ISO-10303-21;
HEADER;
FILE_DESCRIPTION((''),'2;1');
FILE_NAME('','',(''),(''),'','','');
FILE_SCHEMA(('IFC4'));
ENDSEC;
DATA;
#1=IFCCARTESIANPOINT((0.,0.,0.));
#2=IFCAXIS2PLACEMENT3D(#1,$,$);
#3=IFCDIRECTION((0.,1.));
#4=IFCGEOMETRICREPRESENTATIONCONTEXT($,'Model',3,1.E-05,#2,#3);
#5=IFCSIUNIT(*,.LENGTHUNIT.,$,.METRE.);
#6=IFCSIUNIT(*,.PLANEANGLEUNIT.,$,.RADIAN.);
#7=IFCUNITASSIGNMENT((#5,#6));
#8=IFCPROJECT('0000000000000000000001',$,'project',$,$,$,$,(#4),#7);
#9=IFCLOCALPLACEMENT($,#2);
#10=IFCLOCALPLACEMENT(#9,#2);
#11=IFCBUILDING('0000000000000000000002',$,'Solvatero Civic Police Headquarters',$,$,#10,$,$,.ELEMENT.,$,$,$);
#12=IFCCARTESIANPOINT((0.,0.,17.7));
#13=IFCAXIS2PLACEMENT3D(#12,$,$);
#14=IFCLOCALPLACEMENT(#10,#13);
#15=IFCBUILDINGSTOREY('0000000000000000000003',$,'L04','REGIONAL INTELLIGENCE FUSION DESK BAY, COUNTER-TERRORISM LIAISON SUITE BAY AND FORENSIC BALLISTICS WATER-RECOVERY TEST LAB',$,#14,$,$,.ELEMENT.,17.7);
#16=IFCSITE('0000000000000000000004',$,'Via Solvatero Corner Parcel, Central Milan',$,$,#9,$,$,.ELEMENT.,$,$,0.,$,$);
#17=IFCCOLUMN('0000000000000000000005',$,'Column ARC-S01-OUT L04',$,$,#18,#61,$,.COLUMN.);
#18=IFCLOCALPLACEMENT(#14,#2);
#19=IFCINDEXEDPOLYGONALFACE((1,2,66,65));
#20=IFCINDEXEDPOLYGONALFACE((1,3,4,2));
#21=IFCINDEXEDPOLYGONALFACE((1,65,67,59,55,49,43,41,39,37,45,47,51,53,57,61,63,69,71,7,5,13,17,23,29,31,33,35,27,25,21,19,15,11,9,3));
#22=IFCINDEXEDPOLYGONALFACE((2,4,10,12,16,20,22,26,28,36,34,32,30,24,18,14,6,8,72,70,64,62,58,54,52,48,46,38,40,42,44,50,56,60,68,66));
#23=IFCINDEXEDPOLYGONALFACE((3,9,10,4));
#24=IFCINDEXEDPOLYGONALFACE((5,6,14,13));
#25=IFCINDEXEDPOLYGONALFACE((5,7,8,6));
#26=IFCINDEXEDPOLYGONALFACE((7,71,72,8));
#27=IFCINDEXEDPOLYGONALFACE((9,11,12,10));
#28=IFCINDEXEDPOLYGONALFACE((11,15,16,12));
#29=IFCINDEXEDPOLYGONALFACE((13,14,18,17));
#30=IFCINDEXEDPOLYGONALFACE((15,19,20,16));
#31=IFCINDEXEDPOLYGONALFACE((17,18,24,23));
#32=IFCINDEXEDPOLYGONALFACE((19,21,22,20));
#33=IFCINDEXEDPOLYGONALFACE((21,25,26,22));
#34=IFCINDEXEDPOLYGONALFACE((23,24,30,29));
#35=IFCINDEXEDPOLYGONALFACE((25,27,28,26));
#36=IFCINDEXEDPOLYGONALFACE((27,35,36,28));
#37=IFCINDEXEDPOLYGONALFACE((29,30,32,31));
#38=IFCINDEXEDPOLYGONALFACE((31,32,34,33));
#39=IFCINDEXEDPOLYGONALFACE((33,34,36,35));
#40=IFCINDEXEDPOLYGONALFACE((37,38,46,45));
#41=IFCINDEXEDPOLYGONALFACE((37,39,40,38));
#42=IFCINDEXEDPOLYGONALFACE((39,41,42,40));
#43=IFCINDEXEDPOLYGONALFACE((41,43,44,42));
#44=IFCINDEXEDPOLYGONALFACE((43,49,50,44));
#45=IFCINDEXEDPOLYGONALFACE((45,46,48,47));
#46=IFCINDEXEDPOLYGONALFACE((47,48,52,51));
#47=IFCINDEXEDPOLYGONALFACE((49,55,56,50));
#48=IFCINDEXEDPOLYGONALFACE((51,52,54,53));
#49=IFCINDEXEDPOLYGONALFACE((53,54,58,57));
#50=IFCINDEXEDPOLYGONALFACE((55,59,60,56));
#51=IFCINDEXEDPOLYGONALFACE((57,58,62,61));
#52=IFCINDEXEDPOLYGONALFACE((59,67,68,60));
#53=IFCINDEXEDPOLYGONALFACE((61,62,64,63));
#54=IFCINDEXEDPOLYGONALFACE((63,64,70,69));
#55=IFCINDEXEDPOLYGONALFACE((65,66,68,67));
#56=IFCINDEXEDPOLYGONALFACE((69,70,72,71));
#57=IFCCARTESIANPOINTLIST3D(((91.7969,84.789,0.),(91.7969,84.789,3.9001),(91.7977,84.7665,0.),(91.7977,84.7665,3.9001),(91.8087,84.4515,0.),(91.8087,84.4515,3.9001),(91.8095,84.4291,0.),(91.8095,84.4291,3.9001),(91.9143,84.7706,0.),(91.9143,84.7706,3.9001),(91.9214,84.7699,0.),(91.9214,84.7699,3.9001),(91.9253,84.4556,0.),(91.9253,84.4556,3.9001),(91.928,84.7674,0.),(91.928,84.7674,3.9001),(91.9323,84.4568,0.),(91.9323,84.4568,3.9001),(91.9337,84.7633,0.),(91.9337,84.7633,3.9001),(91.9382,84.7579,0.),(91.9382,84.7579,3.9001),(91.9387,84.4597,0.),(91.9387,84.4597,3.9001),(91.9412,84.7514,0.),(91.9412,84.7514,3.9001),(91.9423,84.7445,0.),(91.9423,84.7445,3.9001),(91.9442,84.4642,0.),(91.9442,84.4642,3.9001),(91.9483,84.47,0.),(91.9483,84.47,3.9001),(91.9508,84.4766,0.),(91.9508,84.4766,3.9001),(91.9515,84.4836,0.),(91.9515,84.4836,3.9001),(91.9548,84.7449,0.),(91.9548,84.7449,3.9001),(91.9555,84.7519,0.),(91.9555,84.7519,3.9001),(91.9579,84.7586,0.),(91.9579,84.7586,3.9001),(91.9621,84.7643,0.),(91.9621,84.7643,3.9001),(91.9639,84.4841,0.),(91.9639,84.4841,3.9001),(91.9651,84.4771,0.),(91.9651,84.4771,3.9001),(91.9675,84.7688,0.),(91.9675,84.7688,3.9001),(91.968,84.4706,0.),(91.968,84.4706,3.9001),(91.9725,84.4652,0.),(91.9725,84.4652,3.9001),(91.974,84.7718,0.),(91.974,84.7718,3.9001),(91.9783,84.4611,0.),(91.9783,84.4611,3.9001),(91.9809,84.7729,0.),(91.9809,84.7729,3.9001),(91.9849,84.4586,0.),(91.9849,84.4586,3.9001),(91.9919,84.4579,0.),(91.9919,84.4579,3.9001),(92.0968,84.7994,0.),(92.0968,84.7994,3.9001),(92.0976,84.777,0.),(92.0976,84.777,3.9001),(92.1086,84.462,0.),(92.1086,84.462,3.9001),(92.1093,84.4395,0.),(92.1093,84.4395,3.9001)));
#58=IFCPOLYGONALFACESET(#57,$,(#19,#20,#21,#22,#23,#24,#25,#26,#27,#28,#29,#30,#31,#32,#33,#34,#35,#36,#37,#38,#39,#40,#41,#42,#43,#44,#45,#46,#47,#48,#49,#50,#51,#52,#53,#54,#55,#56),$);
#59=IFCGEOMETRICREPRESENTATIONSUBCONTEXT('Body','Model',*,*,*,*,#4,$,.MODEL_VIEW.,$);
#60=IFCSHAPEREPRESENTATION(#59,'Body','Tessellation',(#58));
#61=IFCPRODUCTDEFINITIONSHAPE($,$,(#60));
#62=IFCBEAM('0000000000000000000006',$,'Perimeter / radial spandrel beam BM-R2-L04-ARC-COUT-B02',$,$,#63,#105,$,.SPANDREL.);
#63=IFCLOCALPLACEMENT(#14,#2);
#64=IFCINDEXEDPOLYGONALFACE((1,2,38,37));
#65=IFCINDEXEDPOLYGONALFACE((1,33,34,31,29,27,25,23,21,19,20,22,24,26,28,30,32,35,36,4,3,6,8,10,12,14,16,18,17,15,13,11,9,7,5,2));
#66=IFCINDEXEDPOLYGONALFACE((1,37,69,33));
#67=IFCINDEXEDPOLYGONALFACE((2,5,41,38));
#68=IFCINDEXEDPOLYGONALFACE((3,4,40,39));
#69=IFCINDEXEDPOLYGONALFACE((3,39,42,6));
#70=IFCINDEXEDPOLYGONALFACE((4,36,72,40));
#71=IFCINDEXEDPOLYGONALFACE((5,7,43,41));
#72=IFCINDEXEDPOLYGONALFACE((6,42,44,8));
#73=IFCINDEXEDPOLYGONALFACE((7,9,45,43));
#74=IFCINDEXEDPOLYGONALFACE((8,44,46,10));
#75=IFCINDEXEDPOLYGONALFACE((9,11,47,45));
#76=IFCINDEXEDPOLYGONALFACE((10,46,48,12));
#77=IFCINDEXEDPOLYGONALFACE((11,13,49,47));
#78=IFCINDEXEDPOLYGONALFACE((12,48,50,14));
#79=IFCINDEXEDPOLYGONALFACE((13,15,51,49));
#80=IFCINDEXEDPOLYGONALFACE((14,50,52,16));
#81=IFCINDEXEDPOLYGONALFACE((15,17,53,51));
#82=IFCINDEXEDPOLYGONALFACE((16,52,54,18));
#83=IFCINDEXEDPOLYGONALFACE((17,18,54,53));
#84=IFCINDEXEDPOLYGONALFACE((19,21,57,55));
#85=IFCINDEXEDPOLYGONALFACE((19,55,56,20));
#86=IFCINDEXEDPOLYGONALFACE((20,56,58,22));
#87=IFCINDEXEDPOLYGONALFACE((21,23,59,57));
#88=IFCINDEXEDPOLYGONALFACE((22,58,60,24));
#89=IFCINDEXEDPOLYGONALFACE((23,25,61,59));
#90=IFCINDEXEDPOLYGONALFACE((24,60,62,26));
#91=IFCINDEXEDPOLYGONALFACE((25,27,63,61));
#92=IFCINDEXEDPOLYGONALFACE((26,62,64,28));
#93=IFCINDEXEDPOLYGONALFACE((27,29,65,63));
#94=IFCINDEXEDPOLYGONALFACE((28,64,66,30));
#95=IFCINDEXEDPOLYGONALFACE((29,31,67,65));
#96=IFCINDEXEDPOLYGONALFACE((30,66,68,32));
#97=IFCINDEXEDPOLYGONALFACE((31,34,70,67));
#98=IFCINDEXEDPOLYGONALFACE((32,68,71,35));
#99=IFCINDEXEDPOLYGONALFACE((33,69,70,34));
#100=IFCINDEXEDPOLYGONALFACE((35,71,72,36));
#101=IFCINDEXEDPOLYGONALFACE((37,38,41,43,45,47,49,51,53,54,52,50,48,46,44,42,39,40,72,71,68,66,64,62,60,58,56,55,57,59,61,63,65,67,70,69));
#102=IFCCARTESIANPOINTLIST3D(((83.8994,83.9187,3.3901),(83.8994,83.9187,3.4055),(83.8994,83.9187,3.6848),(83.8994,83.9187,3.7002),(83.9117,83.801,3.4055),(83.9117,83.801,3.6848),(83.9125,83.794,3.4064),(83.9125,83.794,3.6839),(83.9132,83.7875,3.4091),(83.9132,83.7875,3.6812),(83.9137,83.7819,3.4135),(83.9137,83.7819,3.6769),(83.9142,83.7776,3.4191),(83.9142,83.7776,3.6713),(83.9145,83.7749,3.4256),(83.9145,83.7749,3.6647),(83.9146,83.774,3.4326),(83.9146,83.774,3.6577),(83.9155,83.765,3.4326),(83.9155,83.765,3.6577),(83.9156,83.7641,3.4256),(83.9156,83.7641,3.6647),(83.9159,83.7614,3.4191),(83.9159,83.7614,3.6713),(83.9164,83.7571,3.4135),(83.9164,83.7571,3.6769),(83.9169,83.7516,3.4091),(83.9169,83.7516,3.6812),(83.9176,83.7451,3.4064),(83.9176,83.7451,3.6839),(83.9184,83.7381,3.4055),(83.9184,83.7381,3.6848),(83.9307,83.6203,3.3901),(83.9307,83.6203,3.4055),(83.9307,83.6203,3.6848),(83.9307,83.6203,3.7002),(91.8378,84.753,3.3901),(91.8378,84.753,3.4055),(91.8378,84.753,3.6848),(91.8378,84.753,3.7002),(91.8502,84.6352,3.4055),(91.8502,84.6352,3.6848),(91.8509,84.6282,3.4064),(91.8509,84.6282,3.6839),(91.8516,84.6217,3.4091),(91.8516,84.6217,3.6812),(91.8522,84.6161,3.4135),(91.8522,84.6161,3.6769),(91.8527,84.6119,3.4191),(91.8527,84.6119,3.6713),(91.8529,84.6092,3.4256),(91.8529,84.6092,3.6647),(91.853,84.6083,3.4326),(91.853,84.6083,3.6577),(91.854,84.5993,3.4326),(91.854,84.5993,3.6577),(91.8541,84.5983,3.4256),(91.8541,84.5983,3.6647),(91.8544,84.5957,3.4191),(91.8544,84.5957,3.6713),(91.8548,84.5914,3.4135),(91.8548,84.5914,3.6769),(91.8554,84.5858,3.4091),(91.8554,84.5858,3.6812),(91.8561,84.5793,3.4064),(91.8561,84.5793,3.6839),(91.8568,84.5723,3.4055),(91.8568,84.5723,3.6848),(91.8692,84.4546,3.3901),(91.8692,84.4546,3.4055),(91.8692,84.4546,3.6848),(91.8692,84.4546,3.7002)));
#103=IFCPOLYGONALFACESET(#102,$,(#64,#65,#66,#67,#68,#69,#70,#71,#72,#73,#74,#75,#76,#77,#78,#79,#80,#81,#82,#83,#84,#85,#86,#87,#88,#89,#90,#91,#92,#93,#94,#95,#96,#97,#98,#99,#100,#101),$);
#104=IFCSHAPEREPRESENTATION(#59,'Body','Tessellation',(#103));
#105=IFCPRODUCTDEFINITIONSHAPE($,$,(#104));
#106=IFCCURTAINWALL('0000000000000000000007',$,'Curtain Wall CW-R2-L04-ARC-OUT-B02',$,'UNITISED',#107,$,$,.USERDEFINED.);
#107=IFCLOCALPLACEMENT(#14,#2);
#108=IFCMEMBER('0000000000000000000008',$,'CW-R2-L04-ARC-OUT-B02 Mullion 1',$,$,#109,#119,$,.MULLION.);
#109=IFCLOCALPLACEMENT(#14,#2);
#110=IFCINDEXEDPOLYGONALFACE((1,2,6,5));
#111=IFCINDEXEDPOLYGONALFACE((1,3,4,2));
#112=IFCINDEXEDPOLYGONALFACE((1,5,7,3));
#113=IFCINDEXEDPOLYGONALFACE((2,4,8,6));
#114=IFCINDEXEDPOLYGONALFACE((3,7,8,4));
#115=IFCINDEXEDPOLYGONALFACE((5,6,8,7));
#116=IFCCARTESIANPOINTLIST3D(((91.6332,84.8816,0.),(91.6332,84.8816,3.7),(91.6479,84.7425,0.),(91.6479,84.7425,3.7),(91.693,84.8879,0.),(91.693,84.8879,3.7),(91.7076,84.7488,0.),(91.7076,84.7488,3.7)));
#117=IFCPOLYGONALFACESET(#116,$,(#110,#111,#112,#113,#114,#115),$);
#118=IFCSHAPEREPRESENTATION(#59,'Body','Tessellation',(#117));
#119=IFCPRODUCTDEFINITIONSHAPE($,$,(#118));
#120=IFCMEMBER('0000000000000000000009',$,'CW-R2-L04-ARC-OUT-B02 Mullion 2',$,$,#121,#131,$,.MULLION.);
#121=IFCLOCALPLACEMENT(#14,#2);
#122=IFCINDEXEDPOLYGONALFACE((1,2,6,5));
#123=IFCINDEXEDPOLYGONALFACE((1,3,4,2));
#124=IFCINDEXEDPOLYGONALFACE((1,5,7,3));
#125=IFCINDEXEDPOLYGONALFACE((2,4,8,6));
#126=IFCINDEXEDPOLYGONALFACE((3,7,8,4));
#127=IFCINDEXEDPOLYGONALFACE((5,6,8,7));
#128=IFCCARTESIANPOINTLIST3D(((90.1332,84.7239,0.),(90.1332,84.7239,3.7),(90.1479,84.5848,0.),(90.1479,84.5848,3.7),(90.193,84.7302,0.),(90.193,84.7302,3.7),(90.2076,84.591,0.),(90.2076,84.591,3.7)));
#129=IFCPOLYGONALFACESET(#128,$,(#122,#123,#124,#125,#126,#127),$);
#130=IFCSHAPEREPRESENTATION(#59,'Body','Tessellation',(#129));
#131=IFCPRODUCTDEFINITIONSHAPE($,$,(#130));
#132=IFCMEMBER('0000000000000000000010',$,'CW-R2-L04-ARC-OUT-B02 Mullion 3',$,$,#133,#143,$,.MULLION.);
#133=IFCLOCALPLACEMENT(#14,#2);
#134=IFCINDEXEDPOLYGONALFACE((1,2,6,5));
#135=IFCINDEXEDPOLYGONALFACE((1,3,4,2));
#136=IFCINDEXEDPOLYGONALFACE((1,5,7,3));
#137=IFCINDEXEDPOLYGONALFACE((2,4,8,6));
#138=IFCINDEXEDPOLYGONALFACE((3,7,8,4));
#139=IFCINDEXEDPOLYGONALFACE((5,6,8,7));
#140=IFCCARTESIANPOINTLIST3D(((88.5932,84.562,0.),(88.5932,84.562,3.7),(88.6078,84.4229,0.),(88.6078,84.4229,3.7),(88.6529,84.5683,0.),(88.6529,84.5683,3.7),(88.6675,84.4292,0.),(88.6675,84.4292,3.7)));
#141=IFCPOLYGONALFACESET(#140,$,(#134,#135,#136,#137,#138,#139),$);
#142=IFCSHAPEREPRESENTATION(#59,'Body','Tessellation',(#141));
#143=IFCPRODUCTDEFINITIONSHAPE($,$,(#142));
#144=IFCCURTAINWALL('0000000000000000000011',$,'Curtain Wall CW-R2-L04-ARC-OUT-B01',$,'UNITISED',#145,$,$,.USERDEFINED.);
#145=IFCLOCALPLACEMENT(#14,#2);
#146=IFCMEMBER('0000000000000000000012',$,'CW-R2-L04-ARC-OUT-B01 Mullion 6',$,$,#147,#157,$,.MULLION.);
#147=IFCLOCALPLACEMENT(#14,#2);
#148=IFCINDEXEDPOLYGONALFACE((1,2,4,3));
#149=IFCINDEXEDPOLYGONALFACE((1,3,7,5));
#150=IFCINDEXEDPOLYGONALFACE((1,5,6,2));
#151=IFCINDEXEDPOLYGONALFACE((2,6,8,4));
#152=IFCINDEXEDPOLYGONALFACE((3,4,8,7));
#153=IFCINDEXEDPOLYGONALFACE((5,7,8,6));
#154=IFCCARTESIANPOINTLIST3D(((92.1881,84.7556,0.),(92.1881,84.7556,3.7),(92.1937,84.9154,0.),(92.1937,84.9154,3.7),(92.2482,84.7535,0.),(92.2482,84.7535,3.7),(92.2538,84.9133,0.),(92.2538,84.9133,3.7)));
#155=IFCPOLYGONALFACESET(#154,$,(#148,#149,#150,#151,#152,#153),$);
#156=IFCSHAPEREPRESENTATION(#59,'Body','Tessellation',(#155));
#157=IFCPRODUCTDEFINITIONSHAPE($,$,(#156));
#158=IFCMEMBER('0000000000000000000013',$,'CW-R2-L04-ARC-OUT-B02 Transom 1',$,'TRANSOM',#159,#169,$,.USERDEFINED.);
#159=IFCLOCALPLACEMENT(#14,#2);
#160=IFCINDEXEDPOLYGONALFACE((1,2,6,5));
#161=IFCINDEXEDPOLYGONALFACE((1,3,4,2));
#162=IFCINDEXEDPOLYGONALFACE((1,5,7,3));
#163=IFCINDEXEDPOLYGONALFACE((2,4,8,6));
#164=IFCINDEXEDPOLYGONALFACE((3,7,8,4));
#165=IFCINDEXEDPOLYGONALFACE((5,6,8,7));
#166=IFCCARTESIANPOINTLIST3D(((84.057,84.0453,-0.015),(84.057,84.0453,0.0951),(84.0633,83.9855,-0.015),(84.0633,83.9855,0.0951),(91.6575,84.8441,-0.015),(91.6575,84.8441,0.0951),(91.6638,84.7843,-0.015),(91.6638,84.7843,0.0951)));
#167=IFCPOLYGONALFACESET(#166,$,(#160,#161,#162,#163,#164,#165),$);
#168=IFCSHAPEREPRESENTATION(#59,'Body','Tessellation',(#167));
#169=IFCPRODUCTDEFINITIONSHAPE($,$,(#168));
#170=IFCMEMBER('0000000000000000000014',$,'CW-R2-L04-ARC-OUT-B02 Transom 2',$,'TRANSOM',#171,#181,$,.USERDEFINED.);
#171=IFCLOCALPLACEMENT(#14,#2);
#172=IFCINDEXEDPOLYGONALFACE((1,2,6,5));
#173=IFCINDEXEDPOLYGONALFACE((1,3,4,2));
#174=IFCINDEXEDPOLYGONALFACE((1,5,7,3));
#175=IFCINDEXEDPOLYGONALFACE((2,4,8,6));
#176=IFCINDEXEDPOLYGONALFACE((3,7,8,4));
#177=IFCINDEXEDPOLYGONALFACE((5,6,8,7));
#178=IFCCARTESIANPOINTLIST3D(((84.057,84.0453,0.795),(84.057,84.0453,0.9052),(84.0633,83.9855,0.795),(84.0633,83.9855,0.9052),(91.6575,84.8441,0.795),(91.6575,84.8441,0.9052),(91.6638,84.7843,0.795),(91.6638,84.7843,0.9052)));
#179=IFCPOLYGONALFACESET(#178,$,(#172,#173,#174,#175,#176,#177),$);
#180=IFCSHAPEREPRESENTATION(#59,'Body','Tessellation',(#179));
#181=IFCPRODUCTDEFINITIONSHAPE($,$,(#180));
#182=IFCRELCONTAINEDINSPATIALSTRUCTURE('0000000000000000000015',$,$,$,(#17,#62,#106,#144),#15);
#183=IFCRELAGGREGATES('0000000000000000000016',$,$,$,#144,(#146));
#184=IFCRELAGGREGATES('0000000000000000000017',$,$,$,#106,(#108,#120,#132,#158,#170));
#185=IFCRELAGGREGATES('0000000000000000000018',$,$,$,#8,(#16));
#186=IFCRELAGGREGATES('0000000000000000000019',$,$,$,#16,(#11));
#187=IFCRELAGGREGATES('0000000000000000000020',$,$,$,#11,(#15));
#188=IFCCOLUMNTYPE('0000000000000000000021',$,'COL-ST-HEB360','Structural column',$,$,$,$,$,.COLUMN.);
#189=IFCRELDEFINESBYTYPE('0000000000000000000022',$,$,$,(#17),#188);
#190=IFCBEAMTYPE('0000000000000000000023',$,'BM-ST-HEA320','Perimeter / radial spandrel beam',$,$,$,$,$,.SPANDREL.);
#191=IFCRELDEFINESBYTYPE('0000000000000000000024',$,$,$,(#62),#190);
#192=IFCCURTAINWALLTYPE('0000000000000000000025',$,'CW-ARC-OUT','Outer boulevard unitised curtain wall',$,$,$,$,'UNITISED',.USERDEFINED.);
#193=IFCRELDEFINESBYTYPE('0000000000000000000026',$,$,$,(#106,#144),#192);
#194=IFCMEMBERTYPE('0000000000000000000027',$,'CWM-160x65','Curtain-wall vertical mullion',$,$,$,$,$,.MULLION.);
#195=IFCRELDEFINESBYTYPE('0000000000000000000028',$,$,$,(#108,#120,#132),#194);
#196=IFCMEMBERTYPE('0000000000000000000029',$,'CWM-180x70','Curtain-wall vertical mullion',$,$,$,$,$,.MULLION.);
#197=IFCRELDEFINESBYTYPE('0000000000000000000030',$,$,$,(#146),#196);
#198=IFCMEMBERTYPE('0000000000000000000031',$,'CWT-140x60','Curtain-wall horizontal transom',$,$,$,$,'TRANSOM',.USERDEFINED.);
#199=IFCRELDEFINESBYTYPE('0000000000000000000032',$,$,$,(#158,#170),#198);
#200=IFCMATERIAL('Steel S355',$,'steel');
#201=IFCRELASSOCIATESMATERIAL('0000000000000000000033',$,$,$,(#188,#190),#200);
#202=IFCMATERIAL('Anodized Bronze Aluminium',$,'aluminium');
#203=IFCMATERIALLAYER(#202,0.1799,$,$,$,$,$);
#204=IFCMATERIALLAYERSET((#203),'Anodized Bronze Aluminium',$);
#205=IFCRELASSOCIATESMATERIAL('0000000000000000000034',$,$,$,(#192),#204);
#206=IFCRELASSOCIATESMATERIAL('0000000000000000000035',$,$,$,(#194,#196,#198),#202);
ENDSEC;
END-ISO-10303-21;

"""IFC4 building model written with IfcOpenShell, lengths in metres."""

from ifc_helpers import new_model, si_unit, direction, frame, origin, origin_2d, place, context, subcontext, project, spatial, rectangle, i_section, extrude, material, layer, layer_set, material_profile, profile_set, type_object, element, aggregate, save


model = new_model("IFC4")

# Units and contexts
model_context = context("Model", 3, precision=1e-05, world=origin(), true_north=direction((0.0, 1.0)))
body_context = subcontext(model_context, "Body", "Model", "MODEL_VIEW")
ifc_project = project(units=[si_unit("LENGTHUNIT", "METRE"), si_unit("PLANEANGLEUNIT", "RADIAN")], contexts=[model_context])

# Site, building, storey
site_placement = place(None, origin())
site = spatial("IfcSite", under=ifc_project, at=site_placement, Name="Via Solvatero Corner Parcel, Central Milan", CompositionType="ELEMENT", RefElevation=0.0)
building_placement = place(site_placement, origin())
building = spatial("IfcBuilding", under=site, at=building_placement, Name="Solvatero Civic Police Headquarters", CompositionType="ELEMENT")
storey_placement = place(building_placement, frame((0.0, 0.0, 17.7)))
storey = spatial("IfcBuildingStorey", under=building, at=storey_placement, Name="L04", Description="REGIONAL INTELLIGENCE FUSION DESK BAY, COUNTER-TERRORISM LIAISON SUITE BAY AND FORENSIC BALLISTICS WATER-RECOVERY TEST LAB", CompositionType="ELEMENT", Elevation=17.7)

# Column
ifc_material_1 = material(Name="Steel S355", Category="steel")
ifc_material_profile_1 = material_profile(ifc_material_1, i_section(OverallWidth=0.3, OverallDepth=0.3601, WebThickness=0.0125, FlangeThickness=0.0225, FilletRadius=0.0271, at=origin_2d()), Name="HEB 360")
ifc_profile_set_1 = profile_set([ifc_material_profile_1], Name="Steel S355")
column_type = type_object("IfcColumnType", Name="COL-ST-HEB360", Description="Structural column", PredefinedType="COLUMN", material=ifc_profile_set_1)
column_placement = place(storey_placement, frame((91.9531, 84.6143, 0.0), z_axis=(0.0, 0.0, 1.0), x_axis=(0.999391, 0.034899, 0.0)))
element("IfcColumn", 1, at=column_placement, inside=storey, type_object=column_type, Name="Column ARC-S01-OUT L04", PredefinedType="COLUMN", context=body_context, shape_type="SweptSolid", body=[
    extrude(i_section(OverallWidth=0.3, OverallDepth=0.3601, WebThickness=0.0125, FlangeThickness=0.0225, FilletRadius=0.0271, at=origin_2d()), origin(), (0.0, 0.0, 1.0), 3.9001),
])

# Beam
ifc_material_profile_2 = material_profile(ifc_material_1, i_section(OverallWidth=0.3, OverallDepth=0.3101, WebThickness=0.009, FlangeThickness=0.0154, FilletRadius=0.0271, at=origin_2d()), Name="HEA 320")
ifc_profile_set_2 = profile_set([ifc_material_profile_2], Name="Steel S355")
beam_type = type_object("IfcBeamType", Name="BM-ST-HEA320", Description="Perimeter / radial spandrel beam", PredefinedType="SPANDREL", material=ifc_profile_set_2)
beam_placement = place(storey_placement, frame((91.8535, 84.6038, 3.5452), z_axis=(-0.994524, -0.104511, 0.0), x_axis=(0.104511, -0.994524, 0.0)))
element("IfcBeam", 2, at=beam_placement, inside=storey, type_object=beam_type, Name="Perimeter / radial spandrel beam BM-R2-L04-ARC-COUT-B02", PredefinedType="SPANDREL", context=body_context, shape_type="SweptSolid", body=[
    extrude(i_section(OverallWidth=0.3, OverallDepth=0.3101, WebThickness=0.009, FlangeThickness=0.0154, FilletRadius=0.0271, at=origin_2d()), origin(), (0.0, 0.0, 1.0), 7.9822),
])

# Curtain wall, members
ifc_material_2 = material(Name="Anodized Bronze Aluminium", Category="aluminium")
ifc_layer_1 = layer(ifc_material_2, 0.1799)
ifc_layer_set_1 = layer_set([ifc_layer_1], Name="Anodized Bronze Aluminium")
curtain_wall_type = type_object("IfcCurtainWallType", Name="CW-ARC-OUT", Description="Outer boulevard unitised curtain wall", ElementType="UNITISED", PredefinedType="USERDEFINED", material=ifc_layer_set_1)
curtain_wall_1_placement = place(storey_placement, origin())
curtain_wall_1 = element("IfcCurtainWall", 3, at=curtain_wall_1_placement, inside=storey, type_object=curtain_wall_type, Name="Curtain Wall CW-R2-L04-ARC-OUT-B02", ObjectType="UNITISED", PredefinedType="USERDEFINED")
ifc_material_profile_3 = material_profile(ifc_material_2, rectangle(XDim=0.0601, YDim=0.1399, at=origin_2d()), Name="ALU MULLION 60x140")
ifc_profile_set_3 = profile_set([ifc_material_profile_3], Name="Anodized Bronze Aluminium")
member_type_1 = type_object("IfcMemberType", Name="CWM-160x65", Description="Curtain-wall vertical mullion", PredefinedType="MULLION", material=ifc_profile_set_3)
member_1_placement = place(storey_placement, frame((91.6704, 84.8152, 0.0), z_axis=(0.0, 0.0, 1.0), x_axis=(-0.994524, -0.104511, 0.0)))
member_1 = element("IfcMember", 4, at=member_1_placement, type_object=member_type_1, Name="CW-R2-L04-ARC-OUT-B02 Mullion 1", PredefinedType="MULLION", context=body_context, shape_type="SweptSolid", body=[
    extrude(rectangle(XDim=0.0601, YDim=0.1399, at=origin_2d()), origin(), (0.0, 0.0, 1.0), 3.7),
])
member_2_placement = place(storey_placement, frame((90.1704, 84.6575, 0.0), z_axis=(0.0, 0.0, 1.0), x_axis=(-0.994524, -0.104511, 0.0)))
member_2 = element("IfcMember", 5, at=member_2_placement, type_object=member_type_1, Name="CW-R2-L04-ARC-OUT-B02 Mullion 2", PredefinedType="MULLION", context=body_context, shape_type="SweptSolid", body=[
    extrude(rectangle(XDim=0.0601, YDim=0.1399, at=origin_2d()), origin(), (0.0, 0.0, 1.0), 3.7),
])
member_3_placement = place(storey_placement, frame((88.6304, 84.4956, 0.0), z_axis=(0.0, 0.0, 1.0), x_axis=(-0.994524, -0.104511, 0.0)))
member_3 = element("IfcMember", 6, at=member_3_placement, type_object=member_type_1, Name="CW-R2-L04-ARC-OUT-B02 Mullion 3", PredefinedType="MULLION", context=body_context, shape_type="SweptSolid", body=[
    extrude(rectangle(XDim=0.0601, YDim=0.1399, at=origin_2d()), origin(), (0.0, 0.0, 1.0), 3.7),
])

# Curtain wall, member
curtain_wall_2_placement = place(storey_placement, origin())
curtain_wall_2 = element("IfcCurtainWall", 7, at=curtain_wall_2_placement, inside=storey, type_object=curtain_wall_type, Name="Curtain Wall CW-R2-L04-ARC-OUT-B01", ObjectType="UNITISED", PredefinedType="USERDEFINED")
ifc_material_profile_4 = material_profile(ifc_material_2, rectangle(XDim=0.0601, YDim=0.1599, at=origin_2d()), Name="ALU MULLION 60x160")
ifc_profile_set_4 = profile_set([ifc_material_profile_4], Name="Anodized Bronze Aluminium")
member_type_2 = type_object("IfcMemberType", Name="CWM-180x70", Description="Curtain-wall vertical mullion", PredefinedType="MULLION", material=ifc_profile_set_4)
member_4_placement = place(storey_placement, frame((92.2209, 84.8345, 0.0), z_axis=(0.0, 0.0, 1.0), x_axis=(-0.99939, 0.034917, 0.0)))
member_4 = element("IfcMember", 8, at=member_4_placement, type_object=member_type_2, Name="CW-R2-L04-ARC-OUT-B01 Mullion 6", PredefinedType="MULLION", context=body_context, shape_type="SweptSolid", body=[
    extrude(rectangle(XDim=0.0601, YDim=0.1599, at=origin_2d()), origin(), (0.0, 0.0, 1.0), 3.7),
])
aggregate(curtain_wall_2, [member_4])

# Members
ifc_material_profile_5 = material_profile(ifc_material_2, rectangle(XDim=0.0601, YDim=0.1101, at=origin_2d()), Name="ALU TRANSOM 60x110")
ifc_profile_set_5 = profile_set([ifc_material_profile_5], Name="Anodized Bronze Aluminium")
member_type_3 = type_object("IfcMemberType", Name="CWT-140x60", Description="Curtain-wall horizontal transom", ElementType="TRANSOM", PredefinedType="USERDEFINED", material=ifc_profile_set_5)
member_5_placement = place(storey_placement, frame((91.6606, 84.8142, 0.04), z_axis=(-0.994522, -0.104525, 0.0), x_axis=(0.104525, -0.994522, 0.0)))
member_5 = element("IfcMember", 9, at=member_5_placement, type_object=member_type_3, Name="CW-R2-L04-ARC-OUT-B02 Transom 1", ObjectType="TRANSOM", PredefinedType="USERDEFINED", context=body_context, shape_type="SweptSolid", body=[
    extrude(rectangle(XDim=0.0601, YDim=0.1101, at=origin_2d()), origin(), (0.0, 0.0, 1.0), 7.6423),
])
member_6_placement = place(storey_placement, frame((91.6606, 84.8142, 0.8501), z_axis=(-0.994522, -0.104525, 0.0), x_axis=(0.104525, -0.994522, 0.0)))
member_6 = element("IfcMember", 10, at=member_6_placement, type_object=member_type_3, Name="CW-R2-L04-ARC-OUT-B02 Transom 2", ObjectType="TRANSOM", PredefinedType="USERDEFINED", context=body_context, shape_type="SweptSolid", body=[
    extrude(rectangle(XDim=0.0601, YDim=0.1101, at=origin_2d()), origin(), (0.0, 0.0, 1.0), 7.6423),
])

aggregate(curtain_wall_1, [member_1, member_2, member_3, member_5, member_6])

save(model, "model.ifc")
